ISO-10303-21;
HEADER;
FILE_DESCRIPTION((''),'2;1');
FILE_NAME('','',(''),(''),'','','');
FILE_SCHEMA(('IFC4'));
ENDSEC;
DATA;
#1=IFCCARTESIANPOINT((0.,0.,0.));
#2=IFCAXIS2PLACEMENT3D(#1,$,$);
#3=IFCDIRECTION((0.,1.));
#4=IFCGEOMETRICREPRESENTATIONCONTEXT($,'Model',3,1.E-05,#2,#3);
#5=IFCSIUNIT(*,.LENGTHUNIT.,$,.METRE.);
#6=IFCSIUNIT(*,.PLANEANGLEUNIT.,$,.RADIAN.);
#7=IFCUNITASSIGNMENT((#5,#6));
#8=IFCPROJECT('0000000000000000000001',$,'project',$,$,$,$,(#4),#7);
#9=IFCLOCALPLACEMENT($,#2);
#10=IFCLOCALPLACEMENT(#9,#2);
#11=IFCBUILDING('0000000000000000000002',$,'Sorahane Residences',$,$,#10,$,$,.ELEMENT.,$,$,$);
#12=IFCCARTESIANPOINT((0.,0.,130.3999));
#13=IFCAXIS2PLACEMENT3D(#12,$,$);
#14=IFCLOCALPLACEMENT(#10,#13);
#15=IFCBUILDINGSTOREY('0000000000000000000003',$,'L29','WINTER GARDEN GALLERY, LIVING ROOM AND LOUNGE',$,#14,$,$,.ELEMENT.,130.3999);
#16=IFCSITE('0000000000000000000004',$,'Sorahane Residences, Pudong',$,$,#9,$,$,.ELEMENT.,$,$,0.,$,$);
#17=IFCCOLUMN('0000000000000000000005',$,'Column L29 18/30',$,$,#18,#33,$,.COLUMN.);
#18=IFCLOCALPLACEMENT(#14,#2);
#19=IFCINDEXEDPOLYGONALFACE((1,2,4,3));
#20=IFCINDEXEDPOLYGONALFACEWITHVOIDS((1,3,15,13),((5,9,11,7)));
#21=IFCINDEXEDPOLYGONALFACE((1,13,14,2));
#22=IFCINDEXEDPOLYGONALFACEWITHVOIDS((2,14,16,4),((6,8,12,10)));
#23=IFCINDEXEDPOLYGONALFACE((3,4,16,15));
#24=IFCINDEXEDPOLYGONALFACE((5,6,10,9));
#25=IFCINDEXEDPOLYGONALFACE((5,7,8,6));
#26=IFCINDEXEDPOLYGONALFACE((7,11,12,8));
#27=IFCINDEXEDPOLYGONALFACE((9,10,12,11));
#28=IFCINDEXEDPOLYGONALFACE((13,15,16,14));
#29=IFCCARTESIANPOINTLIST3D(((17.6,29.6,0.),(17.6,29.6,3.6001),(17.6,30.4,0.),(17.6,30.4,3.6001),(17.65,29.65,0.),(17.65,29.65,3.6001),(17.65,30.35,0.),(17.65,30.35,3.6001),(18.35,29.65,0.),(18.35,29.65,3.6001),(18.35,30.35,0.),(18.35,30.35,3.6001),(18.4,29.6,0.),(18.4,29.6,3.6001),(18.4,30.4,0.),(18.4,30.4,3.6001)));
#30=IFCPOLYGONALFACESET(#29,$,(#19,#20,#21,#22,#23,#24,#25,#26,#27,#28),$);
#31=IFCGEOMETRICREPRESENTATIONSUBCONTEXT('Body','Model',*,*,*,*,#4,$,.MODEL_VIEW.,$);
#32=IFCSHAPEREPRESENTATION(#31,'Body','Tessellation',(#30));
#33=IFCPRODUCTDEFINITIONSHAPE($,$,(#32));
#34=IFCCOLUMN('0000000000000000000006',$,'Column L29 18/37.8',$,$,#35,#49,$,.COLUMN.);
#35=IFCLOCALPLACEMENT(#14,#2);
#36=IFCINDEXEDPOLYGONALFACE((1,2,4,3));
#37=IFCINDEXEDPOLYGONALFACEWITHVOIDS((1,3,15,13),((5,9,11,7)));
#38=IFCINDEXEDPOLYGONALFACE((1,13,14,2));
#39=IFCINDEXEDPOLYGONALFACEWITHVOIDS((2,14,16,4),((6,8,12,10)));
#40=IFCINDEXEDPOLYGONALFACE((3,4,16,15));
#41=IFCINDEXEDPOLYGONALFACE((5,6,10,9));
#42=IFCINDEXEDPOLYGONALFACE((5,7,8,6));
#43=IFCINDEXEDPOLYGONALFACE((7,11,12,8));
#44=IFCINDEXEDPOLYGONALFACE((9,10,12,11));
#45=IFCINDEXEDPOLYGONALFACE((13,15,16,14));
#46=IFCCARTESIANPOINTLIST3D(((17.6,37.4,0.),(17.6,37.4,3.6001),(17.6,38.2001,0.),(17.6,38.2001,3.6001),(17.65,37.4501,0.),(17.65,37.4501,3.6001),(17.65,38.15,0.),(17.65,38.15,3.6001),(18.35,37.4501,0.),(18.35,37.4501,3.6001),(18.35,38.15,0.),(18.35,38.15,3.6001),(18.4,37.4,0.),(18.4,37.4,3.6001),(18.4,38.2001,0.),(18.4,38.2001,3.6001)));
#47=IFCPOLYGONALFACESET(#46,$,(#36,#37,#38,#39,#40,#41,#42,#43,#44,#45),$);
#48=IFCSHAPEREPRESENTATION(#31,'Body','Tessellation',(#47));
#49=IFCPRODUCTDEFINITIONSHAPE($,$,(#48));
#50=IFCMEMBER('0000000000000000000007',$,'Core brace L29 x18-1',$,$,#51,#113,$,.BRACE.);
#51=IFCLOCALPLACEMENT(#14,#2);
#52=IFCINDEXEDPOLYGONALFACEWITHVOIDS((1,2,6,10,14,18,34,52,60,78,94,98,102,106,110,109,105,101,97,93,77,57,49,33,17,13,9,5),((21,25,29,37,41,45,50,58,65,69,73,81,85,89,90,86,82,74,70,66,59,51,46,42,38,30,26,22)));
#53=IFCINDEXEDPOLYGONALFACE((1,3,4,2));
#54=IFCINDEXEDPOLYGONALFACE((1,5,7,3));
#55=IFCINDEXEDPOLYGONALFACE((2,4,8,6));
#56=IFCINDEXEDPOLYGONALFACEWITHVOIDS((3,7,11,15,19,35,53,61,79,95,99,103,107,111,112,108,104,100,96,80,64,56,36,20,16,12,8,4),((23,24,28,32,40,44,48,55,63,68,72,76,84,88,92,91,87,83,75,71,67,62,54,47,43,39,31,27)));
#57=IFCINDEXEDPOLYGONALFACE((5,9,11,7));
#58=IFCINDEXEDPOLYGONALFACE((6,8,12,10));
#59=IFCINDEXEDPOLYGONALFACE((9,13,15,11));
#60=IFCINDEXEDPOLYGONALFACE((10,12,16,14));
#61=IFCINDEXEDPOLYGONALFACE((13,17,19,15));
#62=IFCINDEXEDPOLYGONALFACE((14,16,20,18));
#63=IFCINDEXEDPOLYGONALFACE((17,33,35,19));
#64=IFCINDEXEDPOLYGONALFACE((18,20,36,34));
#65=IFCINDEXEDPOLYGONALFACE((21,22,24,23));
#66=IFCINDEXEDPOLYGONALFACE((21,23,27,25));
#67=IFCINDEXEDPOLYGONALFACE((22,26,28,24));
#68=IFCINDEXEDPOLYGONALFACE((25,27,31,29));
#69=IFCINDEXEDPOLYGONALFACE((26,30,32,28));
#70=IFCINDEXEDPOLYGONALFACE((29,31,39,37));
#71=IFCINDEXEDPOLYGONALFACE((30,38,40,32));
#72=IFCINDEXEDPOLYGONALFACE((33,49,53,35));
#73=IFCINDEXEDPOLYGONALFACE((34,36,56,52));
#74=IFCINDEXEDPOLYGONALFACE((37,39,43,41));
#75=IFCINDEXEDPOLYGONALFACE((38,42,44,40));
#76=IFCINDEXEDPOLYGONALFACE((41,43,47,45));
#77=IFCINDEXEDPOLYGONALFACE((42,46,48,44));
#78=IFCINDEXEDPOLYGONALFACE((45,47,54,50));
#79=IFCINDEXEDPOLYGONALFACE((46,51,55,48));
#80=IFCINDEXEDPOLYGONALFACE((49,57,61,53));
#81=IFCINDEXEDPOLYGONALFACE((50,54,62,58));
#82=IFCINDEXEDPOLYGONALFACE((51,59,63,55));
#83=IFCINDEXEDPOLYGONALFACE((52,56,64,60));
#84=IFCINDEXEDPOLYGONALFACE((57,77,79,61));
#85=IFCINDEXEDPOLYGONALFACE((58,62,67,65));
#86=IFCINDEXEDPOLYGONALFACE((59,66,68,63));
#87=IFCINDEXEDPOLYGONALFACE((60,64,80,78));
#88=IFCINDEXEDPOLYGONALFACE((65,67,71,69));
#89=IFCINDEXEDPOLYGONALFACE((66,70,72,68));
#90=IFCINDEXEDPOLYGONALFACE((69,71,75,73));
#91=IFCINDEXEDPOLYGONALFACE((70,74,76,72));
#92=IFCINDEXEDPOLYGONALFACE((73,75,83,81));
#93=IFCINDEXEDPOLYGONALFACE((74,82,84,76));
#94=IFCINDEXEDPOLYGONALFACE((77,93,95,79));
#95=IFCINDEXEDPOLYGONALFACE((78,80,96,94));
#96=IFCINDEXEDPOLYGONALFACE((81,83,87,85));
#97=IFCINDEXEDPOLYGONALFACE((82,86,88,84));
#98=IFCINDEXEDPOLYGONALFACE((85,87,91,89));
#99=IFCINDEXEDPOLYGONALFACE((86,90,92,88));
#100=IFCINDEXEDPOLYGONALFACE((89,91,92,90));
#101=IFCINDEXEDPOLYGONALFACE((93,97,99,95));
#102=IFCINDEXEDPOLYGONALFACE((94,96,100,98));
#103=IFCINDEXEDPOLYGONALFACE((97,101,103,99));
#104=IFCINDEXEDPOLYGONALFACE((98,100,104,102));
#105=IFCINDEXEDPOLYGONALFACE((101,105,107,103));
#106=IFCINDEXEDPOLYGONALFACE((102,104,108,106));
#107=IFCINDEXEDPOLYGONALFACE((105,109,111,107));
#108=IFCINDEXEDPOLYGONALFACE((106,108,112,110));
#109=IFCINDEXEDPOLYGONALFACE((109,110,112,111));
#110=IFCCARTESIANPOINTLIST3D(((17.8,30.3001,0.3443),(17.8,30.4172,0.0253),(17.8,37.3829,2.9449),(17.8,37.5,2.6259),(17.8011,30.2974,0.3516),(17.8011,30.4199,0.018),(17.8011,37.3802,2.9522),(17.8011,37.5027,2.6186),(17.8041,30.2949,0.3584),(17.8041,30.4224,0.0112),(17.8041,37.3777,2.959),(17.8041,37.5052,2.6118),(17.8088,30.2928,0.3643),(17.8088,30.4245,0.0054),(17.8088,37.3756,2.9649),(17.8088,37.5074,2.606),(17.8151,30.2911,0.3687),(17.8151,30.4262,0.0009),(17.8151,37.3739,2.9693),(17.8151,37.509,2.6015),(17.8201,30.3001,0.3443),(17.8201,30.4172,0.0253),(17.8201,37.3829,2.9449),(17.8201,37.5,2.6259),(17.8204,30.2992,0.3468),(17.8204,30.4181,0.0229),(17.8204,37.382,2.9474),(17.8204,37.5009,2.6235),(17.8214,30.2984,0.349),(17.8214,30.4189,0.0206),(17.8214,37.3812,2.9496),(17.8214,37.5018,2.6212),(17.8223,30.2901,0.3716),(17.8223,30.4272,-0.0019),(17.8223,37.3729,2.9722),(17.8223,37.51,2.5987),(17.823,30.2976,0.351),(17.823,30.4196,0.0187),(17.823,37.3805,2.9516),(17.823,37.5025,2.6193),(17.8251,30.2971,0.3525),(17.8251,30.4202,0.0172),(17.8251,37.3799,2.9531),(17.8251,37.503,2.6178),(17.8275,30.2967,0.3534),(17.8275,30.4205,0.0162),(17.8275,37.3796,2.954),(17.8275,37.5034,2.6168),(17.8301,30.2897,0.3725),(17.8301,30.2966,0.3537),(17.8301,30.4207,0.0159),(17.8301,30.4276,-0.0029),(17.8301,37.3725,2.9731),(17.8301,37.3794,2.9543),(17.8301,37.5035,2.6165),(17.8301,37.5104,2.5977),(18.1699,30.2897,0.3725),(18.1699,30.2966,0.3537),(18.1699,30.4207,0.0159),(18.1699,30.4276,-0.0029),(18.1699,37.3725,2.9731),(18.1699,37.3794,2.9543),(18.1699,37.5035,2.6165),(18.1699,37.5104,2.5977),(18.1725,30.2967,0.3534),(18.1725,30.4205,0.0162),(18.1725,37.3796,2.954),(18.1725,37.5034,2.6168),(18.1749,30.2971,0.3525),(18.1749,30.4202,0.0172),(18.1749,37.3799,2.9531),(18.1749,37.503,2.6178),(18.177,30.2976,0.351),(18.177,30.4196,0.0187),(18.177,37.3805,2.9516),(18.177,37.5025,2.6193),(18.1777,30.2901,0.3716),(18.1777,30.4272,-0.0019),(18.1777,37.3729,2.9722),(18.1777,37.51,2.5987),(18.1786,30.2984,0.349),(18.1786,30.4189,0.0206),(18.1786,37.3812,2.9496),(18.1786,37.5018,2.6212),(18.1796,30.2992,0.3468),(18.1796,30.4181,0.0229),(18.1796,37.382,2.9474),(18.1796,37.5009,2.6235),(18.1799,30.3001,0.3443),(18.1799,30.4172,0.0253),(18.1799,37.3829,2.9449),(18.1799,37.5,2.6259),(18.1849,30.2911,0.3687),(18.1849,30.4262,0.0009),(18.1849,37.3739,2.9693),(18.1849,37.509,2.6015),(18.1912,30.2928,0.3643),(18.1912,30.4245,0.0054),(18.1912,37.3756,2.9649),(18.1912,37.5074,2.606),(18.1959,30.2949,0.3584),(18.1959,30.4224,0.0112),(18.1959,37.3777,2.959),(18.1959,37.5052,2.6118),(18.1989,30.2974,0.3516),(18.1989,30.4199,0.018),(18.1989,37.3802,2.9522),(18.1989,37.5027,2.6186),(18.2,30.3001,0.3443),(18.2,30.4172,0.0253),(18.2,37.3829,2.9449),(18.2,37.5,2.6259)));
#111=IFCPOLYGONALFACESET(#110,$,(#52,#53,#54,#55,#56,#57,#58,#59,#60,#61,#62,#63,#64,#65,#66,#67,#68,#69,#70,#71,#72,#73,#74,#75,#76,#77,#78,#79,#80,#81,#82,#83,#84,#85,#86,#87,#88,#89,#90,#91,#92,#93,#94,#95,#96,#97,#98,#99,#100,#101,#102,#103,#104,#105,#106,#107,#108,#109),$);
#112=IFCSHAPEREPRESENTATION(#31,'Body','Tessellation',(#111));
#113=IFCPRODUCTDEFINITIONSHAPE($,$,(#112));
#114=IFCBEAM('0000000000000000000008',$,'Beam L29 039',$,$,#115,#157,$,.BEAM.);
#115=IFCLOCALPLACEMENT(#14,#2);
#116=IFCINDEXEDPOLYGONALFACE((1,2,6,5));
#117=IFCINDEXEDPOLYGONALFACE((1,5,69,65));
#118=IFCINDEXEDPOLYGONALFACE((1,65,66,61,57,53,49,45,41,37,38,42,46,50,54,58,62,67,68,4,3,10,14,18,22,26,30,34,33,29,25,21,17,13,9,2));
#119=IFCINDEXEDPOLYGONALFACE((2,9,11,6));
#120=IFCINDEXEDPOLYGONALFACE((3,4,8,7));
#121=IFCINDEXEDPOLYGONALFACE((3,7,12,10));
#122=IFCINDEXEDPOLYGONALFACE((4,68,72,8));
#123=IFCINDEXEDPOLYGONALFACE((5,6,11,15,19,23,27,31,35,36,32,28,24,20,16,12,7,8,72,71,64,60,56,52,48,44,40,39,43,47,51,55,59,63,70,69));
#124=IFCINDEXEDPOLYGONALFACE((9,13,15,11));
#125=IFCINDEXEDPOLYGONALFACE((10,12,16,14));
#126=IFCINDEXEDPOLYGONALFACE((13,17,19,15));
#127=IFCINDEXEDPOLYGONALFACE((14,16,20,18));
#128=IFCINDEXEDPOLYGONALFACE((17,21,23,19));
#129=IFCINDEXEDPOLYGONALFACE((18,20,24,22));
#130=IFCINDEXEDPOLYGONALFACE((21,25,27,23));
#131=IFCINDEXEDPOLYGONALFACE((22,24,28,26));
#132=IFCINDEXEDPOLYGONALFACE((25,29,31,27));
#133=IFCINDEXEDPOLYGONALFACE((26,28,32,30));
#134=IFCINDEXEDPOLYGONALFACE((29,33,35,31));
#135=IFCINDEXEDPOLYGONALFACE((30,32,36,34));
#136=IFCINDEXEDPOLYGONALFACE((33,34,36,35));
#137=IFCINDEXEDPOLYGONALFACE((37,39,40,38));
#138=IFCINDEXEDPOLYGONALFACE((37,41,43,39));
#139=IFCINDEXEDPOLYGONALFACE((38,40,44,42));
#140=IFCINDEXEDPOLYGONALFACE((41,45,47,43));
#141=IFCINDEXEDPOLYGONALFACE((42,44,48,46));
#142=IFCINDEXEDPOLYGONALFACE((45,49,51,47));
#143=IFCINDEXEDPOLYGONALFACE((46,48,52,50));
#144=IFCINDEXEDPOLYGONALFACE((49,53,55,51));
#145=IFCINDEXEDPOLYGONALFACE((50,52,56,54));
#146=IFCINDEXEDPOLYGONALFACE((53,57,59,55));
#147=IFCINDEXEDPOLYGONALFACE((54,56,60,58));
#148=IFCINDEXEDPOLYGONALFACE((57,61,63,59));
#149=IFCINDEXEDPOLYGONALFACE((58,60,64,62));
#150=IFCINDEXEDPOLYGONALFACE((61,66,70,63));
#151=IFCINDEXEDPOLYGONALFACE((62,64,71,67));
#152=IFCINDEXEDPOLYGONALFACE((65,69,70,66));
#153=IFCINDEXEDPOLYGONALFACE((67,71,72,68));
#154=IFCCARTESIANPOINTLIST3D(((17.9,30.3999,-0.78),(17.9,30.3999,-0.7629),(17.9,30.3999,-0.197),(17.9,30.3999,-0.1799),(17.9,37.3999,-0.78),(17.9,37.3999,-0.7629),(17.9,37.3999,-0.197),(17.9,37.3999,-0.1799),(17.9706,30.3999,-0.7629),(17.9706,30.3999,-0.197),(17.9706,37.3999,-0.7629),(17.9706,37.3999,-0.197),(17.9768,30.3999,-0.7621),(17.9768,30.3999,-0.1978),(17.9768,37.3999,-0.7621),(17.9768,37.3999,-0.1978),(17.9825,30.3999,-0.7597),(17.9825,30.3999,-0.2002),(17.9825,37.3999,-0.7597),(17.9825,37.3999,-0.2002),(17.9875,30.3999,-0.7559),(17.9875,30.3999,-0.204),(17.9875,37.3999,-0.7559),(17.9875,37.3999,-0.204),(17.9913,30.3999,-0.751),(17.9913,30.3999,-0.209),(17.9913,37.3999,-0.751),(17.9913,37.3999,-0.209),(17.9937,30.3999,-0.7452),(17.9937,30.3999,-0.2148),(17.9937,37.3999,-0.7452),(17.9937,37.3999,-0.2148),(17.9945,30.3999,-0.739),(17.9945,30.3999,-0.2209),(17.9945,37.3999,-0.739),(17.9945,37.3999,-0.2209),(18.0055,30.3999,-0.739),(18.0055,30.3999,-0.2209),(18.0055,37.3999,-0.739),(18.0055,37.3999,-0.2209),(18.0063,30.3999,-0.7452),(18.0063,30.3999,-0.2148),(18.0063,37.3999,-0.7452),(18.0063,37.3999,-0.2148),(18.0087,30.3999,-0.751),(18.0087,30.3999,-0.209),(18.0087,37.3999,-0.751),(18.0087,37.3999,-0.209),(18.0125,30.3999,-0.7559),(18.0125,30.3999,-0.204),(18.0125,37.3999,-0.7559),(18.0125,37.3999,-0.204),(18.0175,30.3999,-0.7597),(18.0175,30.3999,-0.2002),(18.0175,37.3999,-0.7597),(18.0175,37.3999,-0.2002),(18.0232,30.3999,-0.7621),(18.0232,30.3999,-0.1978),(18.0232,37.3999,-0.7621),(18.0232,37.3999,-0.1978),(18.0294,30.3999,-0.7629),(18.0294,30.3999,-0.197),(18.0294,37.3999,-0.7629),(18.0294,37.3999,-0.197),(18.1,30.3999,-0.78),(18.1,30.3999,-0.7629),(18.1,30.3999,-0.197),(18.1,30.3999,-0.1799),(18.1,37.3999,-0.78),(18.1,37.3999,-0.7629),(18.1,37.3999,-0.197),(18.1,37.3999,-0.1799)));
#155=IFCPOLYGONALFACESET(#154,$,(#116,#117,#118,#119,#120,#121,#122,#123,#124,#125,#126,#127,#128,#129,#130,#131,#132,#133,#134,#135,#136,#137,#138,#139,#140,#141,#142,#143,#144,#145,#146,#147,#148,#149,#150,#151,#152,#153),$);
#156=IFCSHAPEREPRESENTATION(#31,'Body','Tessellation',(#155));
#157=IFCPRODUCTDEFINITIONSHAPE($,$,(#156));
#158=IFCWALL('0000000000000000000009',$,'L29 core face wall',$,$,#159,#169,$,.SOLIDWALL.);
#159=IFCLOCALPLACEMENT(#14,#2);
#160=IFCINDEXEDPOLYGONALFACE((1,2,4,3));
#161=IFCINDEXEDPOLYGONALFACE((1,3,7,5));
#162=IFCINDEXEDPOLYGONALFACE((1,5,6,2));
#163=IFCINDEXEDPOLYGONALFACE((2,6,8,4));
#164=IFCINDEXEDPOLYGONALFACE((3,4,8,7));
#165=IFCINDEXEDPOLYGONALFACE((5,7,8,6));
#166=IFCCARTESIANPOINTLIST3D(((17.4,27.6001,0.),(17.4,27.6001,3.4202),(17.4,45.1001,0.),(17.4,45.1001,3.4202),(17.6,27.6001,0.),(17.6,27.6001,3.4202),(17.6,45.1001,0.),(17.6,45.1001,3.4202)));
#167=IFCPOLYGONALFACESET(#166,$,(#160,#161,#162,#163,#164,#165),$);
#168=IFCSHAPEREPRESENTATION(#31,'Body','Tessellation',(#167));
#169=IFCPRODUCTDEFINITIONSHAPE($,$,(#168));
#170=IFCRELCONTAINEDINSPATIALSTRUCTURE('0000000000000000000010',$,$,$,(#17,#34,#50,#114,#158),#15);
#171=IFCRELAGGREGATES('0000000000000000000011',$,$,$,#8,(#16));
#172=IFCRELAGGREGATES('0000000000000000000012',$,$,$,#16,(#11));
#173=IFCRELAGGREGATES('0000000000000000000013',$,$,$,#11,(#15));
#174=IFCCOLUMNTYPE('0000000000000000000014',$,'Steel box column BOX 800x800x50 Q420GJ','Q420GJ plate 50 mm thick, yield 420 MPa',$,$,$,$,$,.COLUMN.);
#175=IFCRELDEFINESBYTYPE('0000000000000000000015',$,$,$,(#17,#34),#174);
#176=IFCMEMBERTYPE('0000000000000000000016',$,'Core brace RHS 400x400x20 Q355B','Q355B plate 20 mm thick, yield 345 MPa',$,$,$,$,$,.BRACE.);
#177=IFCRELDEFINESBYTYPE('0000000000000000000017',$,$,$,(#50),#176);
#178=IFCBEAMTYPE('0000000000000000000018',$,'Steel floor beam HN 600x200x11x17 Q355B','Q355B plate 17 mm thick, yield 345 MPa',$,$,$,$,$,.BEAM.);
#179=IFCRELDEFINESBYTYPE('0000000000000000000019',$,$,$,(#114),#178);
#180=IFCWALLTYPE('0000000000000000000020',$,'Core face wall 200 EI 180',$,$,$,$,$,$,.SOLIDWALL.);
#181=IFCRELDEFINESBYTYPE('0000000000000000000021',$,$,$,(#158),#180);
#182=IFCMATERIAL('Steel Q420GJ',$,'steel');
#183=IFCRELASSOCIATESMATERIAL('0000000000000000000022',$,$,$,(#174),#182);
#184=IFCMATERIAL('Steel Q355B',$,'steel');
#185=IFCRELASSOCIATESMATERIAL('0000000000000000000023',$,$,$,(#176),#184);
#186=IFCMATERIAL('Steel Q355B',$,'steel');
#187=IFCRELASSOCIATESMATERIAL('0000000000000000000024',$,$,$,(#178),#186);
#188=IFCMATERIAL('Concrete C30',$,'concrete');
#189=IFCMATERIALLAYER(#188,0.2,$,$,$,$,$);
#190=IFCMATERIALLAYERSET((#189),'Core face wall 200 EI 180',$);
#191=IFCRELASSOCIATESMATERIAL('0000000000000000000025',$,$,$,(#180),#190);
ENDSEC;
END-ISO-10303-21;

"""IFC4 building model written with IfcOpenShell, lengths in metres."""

from ifc_helpers import new_model, si_unit, direction, frame, frame_2d, origin, origin_2d, place, context, subcontext, project, spatial, rectangle, hollow_rectangle, i_section, extrude, material, layer, layer_set, material_profile, profile_set, type_object, element, save


model = new_model("IFC4")

# Units and contexts
model_context = context("Model", 3, precision=1e-05, world=origin(), true_north=direction((0.0, 1.0)))
body_context = subcontext(model_context, "Body", "Model", "MODEL_VIEW")
ifc_project = project(units=[si_unit("LENGTHUNIT", "METRE"), si_unit("PLANEANGLEUNIT", "RADIAN")], contexts=[model_context])

# Site, building, storey
site_placement = place(None, origin())
site = spatial("IfcSite", under=ifc_project, at=site_placement, Name="Sorahane Residences, Pudong", CompositionType="ELEMENT", RefElevation=0.0)
building_placement = place(site_placement, origin())
building = spatial("IfcBuilding", under=site, at=building_placement, Name="Sorahane Residences", CompositionType="ELEMENT")
storey_placement = place(building_placement, frame((0.0, 0.0, 130.3999)))
storey = spatial("IfcBuildingStorey", under=building, at=storey_placement, Name="L29", Description="WINTER GARDEN GALLERY, LIVING ROOM AND LOUNGE", CompositionType="ELEMENT", Elevation=130.3999)

# Columns
ifc_material_1 = material(Name="Steel Q420GJ", Category="steel")
ifc_material_profile_1 = material_profile(ifc_material_1, hollow_rectangle(XDim=0.8, YDim=0.8, WallThickness=0.05, at=origin_2d()), Name="BOX 800x800x50")
ifc_profile_set_1 = profile_set([ifc_material_profile_1], Name="Steel Q420GJ")
column_type = type_object("IfcColumnType", Name="Steel box column BOX 800x800x50 Q420GJ", Description="Q420GJ plate 50 mm thick, yield 420 MPa", PredefinedType="COLUMN", material=ifc_profile_set_1)
for number, where, z_axis, x_axis, name in (
    (1, (18.0, 30.0, 0.0), (0.0, 0.0, 1.0), (1.0, 0.0, 0.0), "Column L29 18/30"),
    (2, (18.0, 37.8, 0.0), (0.0, 0.0, 1.0), (1.0, 0.0, 0.0), "Column L29 18/37.8"),
):
    element("IfcColumn", number, at=place(storey_placement, frame(where, z_axis=z_axis, x_axis=x_axis)), inside=storey, type_object=column_type, Name=name, PredefinedType="COLUMN", context=body_context, shape_type="SweptSolid", body=[
        extrude(hollow_rectangle(XDim=0.8, YDim=0.8, WallThickness=0.05, at=origin_2d()), origin(), (0.0, 0.0, 1.0), 3.6001),
    ])

# Member
ifc_material_2 = material(Name="Steel Q355B", Category="steel")
ifc_material_profile_2 = material_profile(ifc_material_2, hollow_rectangle(XDim=0.3999, YDim=0.3999, WallThickness=0.02, InnerFilletRadius=0.01, OuterFilletRadius=0.03, at=origin_2d()), Name="RHS 400x400x20")
ifc_profile_set_2 = profile_set([ifc_material_profile_2], Name="Steel Q355B")
member_type = type_object("IfcMemberType", Name="Core brace RHS 400x400x20 Q355B", Description="Q355B plate 20 mm thick, yield 345 MPa", PredefinedType="BRACE", material=ifc_profile_set_2)
member_placement = place(storey_placement, frame((18.0, 30.3586, 0.1848), z_axis=(0.0, 0.938723, 0.344672), x_axis=(-1.0, 0.0, 0.0)))
element("IfcMember", 3, at=member_placement, inside=storey, type_object=member_type, Name="Core brace L29 x18-1", PredefinedType="BRACE", context=body_context, shape_type="SweptSolid", body=[
    extrude(hollow_rectangle(XDim=0.3999, YDim=0.3999, WallThickness=0.02, InnerFilletRadius=0.01, OuterFilletRadius=0.03, at=origin_2d()), origin(), (0.0, 0.0, 1.0), 7.5452),
])

# Beam
ifc_material_3 = material(Name="Steel Q355B", Category="steel")
ifc_material_profile_3 = material_profile(ifc_material_3, i_section(OverallWidth=0.2, OverallDepth=0.6001, WebThickness=0.011, FlangeThickness=0.0171, FilletRadius=0.0239, at=origin_2d()), Name="HN 600x200x11x17")
ifc_profile_set_3 = profile_set([ifc_material_profile_3], Name="Steel Q355B")
beam_type = type_object("IfcBeamType", Name="Steel floor beam HN 600x200x11x17 Q355B", Description="Q355B plate 17 mm thick, yield 345 MPa", PredefinedType="BEAM", material=ifc_profile_set_3)
beam_placement = place(storey_placement, frame((18.0, 30.3999, -0.48), z_axis=(0.0, 1.0, 0.0), x_axis=(-1.0, 0.0, 0.0)))
element("IfcBeam", 4, at=beam_placement, inside=storey, type_object=beam_type, Name="Beam L29 039", PredefinedType="BEAM", context=body_context, shape_type="SweptSolid", body=[
    extrude(i_section(OverallWidth=0.2, OverallDepth=0.6001, WebThickness=0.011, FlangeThickness=0.0171, FilletRadius=0.0239, at=origin_2d()), origin(), (0.0, 0.0, 1.0), 7.0),
])

# Wall
ifc_material_4 = material(Name="Concrete C30", Category="concrete")
ifc_layer_1 = layer(ifc_material_4, 0.2)
ifc_layer_set_1 = layer_set([ifc_layer_1], Name="Core face wall 200 EI 180")
wall_type_1 = type_object("IfcWallType", Name="Core face wall 200 EI 180", PredefinedType="SOLIDWALL", material=ifc_layer_set_1)
wall_1_placement = place(storey_placement, frame((17.5, 27.6001, 0.0), z_axis=(0.0, 0.0, 1.0), x_axis=(0.0, 1.0, 0.0)))
element("IfcWall", 5, at=wall_1_placement, inside=storey, type_object=wall_type_1, Name="L29 core face wall", PredefinedType="SOLIDWALL", context=body_context, shape_type="SweptSolid", body=[
    extrude(rectangle(XDim=17.5, YDim=0.2, at=frame_2d((8.75, 0.0))), origin(), (0.0, 0.0, 1.0), 3.4202),
])

save(model, "model.ifc")
